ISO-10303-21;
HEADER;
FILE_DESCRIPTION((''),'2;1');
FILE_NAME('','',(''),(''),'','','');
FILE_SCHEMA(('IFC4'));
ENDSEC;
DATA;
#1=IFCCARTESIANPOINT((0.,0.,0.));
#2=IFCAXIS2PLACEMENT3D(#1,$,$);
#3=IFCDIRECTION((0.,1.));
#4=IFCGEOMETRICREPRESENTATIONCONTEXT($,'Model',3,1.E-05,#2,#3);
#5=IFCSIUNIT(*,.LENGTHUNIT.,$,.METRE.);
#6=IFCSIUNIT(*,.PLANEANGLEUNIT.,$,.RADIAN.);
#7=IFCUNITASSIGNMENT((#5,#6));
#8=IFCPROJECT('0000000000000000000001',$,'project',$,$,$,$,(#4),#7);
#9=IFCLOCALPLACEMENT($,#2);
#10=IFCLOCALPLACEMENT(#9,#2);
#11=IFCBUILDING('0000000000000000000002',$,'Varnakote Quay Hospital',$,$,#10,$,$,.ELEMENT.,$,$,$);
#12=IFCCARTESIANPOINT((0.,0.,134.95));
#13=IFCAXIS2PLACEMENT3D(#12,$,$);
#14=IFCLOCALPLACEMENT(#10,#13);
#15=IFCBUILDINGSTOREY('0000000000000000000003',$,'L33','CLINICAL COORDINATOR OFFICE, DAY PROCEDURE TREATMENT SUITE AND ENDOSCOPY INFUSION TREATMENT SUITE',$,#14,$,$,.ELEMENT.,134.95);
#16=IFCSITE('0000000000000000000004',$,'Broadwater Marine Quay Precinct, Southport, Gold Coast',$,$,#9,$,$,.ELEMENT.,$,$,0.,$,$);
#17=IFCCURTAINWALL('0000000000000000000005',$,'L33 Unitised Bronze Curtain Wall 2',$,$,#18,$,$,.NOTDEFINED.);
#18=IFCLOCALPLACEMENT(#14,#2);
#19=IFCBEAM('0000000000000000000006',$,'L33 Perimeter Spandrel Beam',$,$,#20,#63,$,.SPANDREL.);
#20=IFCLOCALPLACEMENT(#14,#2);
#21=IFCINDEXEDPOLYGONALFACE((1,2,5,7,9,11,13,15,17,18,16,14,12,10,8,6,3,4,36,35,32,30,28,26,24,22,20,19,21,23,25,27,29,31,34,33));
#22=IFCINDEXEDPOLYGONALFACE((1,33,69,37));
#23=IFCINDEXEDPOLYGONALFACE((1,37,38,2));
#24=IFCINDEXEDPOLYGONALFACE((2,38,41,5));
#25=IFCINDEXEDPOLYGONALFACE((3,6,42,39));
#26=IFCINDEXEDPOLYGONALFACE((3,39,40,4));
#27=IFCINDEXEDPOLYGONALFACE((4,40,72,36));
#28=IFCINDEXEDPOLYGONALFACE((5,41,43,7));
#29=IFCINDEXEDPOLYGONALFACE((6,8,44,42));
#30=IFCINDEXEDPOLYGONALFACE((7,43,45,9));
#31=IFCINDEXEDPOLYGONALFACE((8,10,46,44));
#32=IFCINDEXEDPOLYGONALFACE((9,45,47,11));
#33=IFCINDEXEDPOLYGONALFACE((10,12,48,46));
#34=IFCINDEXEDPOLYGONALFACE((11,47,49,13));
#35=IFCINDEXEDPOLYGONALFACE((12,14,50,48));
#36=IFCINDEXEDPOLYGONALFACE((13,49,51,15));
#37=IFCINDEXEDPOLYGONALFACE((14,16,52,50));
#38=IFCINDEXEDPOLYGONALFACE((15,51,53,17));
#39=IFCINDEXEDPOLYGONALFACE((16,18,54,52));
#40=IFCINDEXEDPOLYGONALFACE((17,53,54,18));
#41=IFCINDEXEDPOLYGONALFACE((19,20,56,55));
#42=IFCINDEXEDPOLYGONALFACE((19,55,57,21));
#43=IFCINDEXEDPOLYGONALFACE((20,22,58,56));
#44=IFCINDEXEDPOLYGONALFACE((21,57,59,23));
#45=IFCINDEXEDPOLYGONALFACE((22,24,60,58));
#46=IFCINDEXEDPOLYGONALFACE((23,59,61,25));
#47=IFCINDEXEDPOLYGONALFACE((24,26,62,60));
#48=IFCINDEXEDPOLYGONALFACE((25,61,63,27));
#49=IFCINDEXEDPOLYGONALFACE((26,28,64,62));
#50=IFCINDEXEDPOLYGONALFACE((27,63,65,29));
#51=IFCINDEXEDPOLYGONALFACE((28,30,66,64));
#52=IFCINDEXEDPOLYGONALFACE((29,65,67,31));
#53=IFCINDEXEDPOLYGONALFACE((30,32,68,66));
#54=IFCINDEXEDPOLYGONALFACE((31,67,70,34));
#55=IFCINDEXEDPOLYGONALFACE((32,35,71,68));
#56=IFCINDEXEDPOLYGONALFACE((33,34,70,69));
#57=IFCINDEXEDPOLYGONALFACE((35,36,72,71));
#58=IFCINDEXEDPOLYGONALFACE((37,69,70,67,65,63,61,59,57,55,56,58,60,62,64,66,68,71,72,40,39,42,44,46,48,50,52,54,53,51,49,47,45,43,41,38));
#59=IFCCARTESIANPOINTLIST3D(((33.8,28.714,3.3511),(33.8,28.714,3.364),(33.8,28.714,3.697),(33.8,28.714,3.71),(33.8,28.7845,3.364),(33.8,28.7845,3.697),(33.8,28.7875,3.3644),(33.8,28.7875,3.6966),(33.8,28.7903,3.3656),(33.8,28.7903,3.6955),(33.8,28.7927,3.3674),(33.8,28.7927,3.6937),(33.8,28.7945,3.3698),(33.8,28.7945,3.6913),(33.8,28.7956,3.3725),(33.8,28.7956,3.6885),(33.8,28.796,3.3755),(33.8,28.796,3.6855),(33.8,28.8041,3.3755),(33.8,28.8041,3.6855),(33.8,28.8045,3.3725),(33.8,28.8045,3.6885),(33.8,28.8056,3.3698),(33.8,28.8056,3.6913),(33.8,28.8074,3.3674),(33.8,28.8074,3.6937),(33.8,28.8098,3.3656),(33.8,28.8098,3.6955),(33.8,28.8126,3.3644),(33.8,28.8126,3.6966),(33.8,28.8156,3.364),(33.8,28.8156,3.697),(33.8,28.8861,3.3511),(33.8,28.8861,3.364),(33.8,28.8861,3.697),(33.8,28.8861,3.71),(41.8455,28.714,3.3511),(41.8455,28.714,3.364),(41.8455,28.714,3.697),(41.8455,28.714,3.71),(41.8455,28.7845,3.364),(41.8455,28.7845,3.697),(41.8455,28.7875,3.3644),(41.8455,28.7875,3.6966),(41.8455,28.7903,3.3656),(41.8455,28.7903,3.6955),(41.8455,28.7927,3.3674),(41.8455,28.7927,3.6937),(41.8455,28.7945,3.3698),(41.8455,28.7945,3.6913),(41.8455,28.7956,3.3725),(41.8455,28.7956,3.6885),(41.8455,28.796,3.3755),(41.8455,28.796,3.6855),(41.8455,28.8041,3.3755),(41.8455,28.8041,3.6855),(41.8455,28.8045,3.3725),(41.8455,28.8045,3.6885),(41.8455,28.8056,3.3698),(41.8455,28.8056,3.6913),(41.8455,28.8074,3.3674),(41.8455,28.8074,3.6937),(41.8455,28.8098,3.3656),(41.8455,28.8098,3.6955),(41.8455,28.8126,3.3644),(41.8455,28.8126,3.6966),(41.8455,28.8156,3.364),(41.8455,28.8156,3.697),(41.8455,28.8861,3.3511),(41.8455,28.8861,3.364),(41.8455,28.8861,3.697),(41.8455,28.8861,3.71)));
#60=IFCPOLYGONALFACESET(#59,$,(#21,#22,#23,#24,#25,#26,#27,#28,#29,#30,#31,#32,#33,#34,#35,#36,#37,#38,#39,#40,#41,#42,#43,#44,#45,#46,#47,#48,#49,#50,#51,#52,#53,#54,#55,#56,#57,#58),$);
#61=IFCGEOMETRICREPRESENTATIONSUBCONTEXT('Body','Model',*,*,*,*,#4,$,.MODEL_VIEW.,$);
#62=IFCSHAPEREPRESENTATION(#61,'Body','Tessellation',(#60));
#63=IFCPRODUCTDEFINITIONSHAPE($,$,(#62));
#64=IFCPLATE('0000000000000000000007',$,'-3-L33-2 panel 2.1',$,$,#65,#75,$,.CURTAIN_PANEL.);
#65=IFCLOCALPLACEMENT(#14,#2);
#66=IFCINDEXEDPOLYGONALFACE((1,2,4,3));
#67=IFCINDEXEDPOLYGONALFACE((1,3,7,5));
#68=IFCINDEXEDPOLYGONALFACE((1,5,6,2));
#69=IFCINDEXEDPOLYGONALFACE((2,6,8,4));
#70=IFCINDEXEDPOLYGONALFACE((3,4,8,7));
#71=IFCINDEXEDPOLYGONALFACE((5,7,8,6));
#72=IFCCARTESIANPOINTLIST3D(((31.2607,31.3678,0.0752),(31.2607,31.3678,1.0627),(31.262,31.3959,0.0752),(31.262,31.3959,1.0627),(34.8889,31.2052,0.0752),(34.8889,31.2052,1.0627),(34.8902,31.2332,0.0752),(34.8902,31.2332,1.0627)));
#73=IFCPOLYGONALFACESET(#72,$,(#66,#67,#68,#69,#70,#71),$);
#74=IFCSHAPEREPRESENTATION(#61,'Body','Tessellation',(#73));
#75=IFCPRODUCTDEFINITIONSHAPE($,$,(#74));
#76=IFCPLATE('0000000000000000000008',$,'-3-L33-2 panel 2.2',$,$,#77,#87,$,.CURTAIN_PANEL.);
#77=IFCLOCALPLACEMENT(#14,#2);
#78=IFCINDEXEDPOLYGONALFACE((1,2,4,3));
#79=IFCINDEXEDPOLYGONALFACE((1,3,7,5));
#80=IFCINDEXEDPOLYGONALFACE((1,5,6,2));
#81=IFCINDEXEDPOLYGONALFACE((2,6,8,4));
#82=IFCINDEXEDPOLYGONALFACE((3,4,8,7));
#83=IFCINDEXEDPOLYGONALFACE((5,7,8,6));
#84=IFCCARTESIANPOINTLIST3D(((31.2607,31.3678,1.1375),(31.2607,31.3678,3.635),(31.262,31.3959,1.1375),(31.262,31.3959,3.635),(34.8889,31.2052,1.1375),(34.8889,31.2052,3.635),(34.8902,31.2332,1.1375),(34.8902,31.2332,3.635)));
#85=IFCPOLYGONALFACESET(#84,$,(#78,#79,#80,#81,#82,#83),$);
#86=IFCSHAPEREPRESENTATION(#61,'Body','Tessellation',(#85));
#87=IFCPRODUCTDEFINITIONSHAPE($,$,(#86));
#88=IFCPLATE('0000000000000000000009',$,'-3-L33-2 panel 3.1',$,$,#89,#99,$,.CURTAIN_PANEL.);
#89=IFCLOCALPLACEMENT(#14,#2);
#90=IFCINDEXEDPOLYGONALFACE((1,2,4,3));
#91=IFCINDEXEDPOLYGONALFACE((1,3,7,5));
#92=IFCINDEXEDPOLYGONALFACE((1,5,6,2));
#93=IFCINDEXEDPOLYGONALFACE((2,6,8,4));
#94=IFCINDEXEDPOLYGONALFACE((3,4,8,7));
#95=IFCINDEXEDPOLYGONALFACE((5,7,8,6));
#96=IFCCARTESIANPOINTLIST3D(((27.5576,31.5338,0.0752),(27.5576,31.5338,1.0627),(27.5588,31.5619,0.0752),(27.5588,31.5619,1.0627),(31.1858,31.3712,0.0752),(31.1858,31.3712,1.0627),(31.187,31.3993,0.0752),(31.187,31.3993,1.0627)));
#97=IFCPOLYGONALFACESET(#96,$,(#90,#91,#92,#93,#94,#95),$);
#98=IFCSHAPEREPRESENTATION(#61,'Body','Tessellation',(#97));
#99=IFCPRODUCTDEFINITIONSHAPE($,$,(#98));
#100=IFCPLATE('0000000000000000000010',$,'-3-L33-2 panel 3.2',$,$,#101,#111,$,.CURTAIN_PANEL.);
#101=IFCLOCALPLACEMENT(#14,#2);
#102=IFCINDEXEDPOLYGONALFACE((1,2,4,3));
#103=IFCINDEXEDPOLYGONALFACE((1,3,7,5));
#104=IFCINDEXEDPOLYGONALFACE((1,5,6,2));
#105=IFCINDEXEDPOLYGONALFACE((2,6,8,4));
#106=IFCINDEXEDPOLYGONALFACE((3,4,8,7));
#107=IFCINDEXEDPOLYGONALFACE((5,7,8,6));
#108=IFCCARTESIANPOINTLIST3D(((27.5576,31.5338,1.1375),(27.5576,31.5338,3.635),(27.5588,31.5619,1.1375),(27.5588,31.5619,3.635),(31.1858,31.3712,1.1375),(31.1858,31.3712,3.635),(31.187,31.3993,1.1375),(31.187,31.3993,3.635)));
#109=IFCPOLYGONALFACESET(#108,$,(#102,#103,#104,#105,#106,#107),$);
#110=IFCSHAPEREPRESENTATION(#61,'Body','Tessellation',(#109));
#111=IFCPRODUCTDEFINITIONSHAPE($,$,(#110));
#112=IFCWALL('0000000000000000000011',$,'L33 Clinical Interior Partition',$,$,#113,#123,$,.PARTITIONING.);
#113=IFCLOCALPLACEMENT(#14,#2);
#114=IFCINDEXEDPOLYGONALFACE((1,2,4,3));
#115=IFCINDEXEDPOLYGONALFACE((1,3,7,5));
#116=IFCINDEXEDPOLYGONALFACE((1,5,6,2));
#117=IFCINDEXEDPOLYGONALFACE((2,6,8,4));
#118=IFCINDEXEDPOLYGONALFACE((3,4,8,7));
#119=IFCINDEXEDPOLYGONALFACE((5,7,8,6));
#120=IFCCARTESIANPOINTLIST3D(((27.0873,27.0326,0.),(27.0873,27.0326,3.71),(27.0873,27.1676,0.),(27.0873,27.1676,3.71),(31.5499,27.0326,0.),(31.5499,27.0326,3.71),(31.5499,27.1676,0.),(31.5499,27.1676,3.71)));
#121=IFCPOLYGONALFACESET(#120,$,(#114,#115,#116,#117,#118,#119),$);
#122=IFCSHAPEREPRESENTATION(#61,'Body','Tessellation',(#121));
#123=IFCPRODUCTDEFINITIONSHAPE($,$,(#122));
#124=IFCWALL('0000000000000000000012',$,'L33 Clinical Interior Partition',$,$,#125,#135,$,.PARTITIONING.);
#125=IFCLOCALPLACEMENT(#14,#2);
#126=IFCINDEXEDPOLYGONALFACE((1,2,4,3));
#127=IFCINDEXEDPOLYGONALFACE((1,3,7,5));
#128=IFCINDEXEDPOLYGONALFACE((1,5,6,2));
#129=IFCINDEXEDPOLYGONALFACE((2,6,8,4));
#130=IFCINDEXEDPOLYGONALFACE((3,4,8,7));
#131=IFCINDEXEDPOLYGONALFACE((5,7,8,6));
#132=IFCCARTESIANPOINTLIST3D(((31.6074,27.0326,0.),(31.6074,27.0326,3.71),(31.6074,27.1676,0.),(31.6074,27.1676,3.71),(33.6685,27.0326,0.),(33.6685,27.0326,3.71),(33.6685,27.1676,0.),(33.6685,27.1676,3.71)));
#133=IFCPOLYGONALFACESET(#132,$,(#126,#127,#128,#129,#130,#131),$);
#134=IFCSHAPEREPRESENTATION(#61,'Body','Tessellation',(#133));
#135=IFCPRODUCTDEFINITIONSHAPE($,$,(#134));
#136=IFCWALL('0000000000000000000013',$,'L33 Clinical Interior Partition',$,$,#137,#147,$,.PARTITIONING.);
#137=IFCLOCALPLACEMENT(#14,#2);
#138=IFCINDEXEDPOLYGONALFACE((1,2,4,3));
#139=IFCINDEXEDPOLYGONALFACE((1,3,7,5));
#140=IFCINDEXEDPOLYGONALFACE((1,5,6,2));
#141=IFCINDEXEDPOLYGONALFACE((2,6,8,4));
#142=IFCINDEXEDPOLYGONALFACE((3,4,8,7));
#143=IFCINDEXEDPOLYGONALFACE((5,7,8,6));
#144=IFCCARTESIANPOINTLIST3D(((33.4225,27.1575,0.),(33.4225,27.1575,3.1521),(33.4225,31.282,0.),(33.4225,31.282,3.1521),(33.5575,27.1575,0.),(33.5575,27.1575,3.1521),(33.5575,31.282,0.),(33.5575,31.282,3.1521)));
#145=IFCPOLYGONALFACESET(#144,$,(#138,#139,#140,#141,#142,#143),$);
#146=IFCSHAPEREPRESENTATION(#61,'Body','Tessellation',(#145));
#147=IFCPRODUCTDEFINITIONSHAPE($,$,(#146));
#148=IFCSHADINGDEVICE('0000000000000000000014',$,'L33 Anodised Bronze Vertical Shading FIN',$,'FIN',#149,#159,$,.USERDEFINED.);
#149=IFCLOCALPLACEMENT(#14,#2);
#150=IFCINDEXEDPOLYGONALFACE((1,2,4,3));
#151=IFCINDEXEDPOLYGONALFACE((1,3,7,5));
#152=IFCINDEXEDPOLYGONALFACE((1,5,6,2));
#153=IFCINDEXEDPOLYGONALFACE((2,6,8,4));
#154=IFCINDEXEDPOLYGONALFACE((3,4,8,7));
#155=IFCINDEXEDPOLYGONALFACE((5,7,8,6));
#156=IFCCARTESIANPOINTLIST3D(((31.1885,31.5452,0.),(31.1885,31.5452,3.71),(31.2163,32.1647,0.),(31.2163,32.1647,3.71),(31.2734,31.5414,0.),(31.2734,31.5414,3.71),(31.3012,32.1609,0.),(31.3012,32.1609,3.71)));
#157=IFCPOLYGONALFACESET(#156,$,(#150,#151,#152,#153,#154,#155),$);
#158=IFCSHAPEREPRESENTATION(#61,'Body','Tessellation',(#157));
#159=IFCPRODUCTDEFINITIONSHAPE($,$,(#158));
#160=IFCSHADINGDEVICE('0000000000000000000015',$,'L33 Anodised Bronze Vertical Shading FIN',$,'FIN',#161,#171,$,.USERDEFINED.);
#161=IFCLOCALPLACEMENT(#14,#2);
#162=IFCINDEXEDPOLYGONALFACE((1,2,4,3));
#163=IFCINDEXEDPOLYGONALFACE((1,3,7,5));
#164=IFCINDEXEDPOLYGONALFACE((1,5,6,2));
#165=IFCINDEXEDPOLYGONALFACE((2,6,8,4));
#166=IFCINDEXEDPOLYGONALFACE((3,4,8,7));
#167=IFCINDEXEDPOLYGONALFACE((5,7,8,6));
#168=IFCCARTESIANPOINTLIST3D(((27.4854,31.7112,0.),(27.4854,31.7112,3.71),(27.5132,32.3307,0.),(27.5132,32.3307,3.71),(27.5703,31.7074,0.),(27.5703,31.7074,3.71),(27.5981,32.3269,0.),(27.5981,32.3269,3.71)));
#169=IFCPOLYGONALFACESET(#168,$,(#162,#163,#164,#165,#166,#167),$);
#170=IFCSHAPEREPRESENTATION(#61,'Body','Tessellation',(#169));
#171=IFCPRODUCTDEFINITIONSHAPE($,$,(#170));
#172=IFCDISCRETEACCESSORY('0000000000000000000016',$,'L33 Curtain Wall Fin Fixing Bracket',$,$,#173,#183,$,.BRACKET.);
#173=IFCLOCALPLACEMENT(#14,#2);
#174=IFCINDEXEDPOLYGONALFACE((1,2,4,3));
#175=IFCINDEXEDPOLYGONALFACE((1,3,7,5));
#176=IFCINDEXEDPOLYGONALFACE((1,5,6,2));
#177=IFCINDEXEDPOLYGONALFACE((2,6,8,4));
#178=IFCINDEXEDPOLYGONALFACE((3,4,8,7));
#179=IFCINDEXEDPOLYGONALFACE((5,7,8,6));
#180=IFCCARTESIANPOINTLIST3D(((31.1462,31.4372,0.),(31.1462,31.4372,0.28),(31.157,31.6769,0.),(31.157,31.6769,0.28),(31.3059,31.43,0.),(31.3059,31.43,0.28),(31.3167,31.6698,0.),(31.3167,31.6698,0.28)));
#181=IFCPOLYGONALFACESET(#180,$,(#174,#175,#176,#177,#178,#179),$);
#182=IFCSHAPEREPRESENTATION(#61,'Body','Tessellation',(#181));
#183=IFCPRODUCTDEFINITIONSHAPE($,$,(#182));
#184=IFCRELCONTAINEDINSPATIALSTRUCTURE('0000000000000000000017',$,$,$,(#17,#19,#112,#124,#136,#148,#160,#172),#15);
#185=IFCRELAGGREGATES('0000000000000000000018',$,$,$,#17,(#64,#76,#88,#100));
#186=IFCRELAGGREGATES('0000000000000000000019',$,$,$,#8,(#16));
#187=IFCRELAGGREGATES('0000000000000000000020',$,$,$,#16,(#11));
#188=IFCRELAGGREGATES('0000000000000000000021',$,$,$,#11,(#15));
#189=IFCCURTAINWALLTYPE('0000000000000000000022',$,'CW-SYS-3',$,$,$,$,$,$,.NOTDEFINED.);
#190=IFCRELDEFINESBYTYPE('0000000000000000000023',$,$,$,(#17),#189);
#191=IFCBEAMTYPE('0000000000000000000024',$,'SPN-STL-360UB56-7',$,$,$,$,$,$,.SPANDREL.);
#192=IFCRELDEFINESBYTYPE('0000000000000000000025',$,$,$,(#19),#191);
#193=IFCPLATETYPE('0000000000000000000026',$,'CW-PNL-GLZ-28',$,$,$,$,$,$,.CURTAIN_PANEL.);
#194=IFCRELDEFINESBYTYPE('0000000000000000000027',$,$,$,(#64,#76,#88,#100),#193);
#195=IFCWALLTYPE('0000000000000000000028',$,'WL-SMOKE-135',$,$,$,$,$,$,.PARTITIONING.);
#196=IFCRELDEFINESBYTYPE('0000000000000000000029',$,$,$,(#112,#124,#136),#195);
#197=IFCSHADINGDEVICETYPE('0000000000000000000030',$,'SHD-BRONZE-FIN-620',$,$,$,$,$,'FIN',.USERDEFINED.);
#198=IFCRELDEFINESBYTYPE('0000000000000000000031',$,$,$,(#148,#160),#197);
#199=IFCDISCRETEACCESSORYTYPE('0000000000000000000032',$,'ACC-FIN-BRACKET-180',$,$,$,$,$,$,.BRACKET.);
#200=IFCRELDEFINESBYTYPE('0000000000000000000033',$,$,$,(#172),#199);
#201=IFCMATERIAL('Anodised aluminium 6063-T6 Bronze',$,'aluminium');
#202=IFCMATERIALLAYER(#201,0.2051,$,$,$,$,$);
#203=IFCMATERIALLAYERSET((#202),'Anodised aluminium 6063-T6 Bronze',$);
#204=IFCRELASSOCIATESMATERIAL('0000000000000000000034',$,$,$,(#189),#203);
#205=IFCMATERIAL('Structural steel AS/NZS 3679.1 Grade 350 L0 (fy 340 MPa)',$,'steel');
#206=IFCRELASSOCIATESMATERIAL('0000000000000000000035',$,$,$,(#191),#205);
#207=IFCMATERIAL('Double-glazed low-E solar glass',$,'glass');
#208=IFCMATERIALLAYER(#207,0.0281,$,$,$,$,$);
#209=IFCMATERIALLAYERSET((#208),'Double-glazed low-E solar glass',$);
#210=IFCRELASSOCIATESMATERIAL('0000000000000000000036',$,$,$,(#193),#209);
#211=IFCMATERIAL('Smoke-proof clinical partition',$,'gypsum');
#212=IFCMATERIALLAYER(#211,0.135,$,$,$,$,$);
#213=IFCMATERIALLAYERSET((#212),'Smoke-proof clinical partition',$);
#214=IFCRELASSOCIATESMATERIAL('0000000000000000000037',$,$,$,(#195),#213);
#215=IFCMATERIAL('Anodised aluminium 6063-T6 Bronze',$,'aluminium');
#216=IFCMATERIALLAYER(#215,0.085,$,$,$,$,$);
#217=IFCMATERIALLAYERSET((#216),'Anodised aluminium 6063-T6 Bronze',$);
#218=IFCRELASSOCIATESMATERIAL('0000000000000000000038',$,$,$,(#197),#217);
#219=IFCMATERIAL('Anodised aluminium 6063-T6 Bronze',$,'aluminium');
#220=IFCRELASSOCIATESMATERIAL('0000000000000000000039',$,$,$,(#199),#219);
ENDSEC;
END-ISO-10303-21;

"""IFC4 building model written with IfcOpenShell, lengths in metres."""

from ifc_helpers import new_model, si_unit, direction, frame, frame_2d, origin, origin_2d, place, context, subcontext, project, spatial, rectangle, i_section, extrude, material, layer, layer_set, material_profile, profile_set, type_object, element, aggregate, save


model = new_model("IFC4")

# Units and contexts
model_context = context("Model", 3, precision=1e-05, world=origin(), true_north=direction((0.0, 1.0)))
body_context = subcontext(model_context, "Body", "Model", "MODEL_VIEW")
ifc_project = project(units=[si_unit("LENGTHUNIT", "METRE"), si_unit("PLANEANGLEUNIT", "RADIAN")], contexts=[model_context])

# Site, building, storey
site_placement = place(None, origin())
site = spatial("IfcSite", under=ifc_project, at=site_placement, Name="Broadwater Marine Quay Precinct, Southport, Gold Coast", CompositionType="ELEMENT", RefElevation=0.0)
building_placement = place(site_placement, origin())
building = spatial("IfcBuilding", under=site, at=building_placement, Name="Varnakote Quay Hospital", CompositionType="ELEMENT")
storey_placement = place(building_placement, frame((0.0, 0.0, 134.95)))
storey = spatial("IfcBuildingStorey", under=building, at=storey_placement, Name="L33", Description="CLINICAL COORDINATOR OFFICE, DAY PROCEDURE TREATMENT SUITE AND ENDOSCOPY INFUSION TREATMENT SUITE", CompositionType="ELEMENT", Elevation=134.95)

# Curtain wall
ifc_material_1 = material(Name="Anodised aluminium 6063-T6 Bronze", Category="aluminium")
ifc_layer_1 = layer(ifc_material_1, 0.2051)
ifc_layer_set_1 = layer_set([ifc_layer_1], Name="Anodised aluminium 6063-T6 Bronze")
curtain_wall_type = type_object("IfcCurtainWallType", Name="CW-SYS-3", PredefinedType="NOTDEFINED", material=ifc_layer_set_1)
curtain_wall_placement = place(storey_placement, origin())
curtain_wall = element("IfcCurtainWall", 1, at=curtain_wall_placement, inside=storey, type_object=curtain_wall_type, Name="L33 Unitised Bronze Curtain Wall 2", PredefinedType="NOTDEFINED")

# Beam
ifc_material_2 = material(Name="Structural steel AS/NZS 3679.1 Grade 350 L0 (fy 340 MPa)", Category="steel")
ifc_material_profile_1 = material_profile(ifc_material_2, i_section(OverallWidth=0.1721, OverallDepth=0.3589, WebThickness=0.0081, FlangeThickness=0.0129, FilletRadius=0.0115, at=origin_2d()), Name="360UB56.7")
ifc_profile_set_1 = profile_set([ifc_material_profile_1], Name="Structural steel AS/NZS 3679.1 Grade 350 L0 (fy 340 MPa)")
beam_type_1 = type_object("IfcBeamType", Name="SPN-STL-360UB56-7", PredefinedType="SPANDREL", material=ifc_profile_set_1)
beam_1_placement = place(storey_placement, frame((33.8, 28.8, 3.5305), z_axis=(1.0, 0.0, 0.0), x_axis=(0.0, 1.0, 0.0)))
element("IfcBeam", 2, at=beam_1_placement, inside=storey, type_object=beam_type_1, Name="L33 Perimeter Spandrel Beam", PredefinedType="SPANDREL", context=body_context, shape_type="SweptSolid", body=[
    extrude(i_section(OverallWidth=0.1721, OverallDepth=0.3589, WebThickness=0.0081, FlangeThickness=0.0129, FilletRadius=0.0115, at=origin_2d()), origin(), (0.0, 0.0, 1.0), 8.0454),
])

# Plates
ifc_material_3 = material(Name="Double-glazed low-E solar glass", Category="glass")
ifc_layer_2 = layer(ifc_material_3, 0.0281)
ifc_layer_set_2 = layer_set([ifc_layer_2], Name="Double-glazed low-E solar glass")
plate_type = type_object("IfcPlateType", Name="CW-PNL-GLZ-28", PredefinedType="CURTAIN_PANEL", material=ifc_layer_set_2)
plate_1_placement = place(storey_placement, frame((33.0754, 31.3005, 0.0752), z_axis=(0.0, 0.0, 1.0), x_axis=(-0.998997, 0.044782, 0.0)))
plate_1 = element("IfcPlate", 3, at=plate_1_placement, type_object=plate_type, Name="-3-L33-2 panel 2.1", PredefinedType="CURTAIN_PANEL", context=body_context, shape_type="SweptSolid", body=[
    extrude(rectangle(XDim=3.6318, YDim=0.0281, at=origin_2d()), origin(), (0.0, 0.0, 1.0), 0.9875),
])
plate_2_placement = place(storey_placement, frame((33.0754, 31.3005, 1.1375), z_axis=(0.0, 0.0, 1.0), x_axis=(-0.998997, 0.044782, 0.0)))
plate_2 = element("IfcPlate", 4, at=plate_2_placement, type_object=plate_type, Name="-3-L33-2 panel 2.2", PredefinedType="CURTAIN_PANEL", context=body_context, shape_type="SweptSolid", body=[
    extrude(rectangle(XDim=3.6318, YDim=0.0281, at=origin_2d()), origin(), (0.0, 0.0, 1.0), 2.4976),
])
plate_3_placement = place(storey_placement, frame((29.3723, 31.4666, 0.0752), z_axis=(0.0, 0.0, 1.0), x_axis=(-0.998997, 0.044782, 0.0)))
plate_3 = element("IfcPlate", 5, at=plate_3_placement, type_object=plate_type, Name="-3-L33-2 panel 3.1", PredefinedType="CURTAIN_PANEL", context=body_context, shape_type="SweptSolid", body=[
    extrude(rectangle(XDim=3.6318, YDim=0.0281, at=origin_2d()), origin(), (0.0, 0.0, 1.0), 0.9875),
])
plate_4_placement = place(storey_placement, frame((29.3723, 31.4666, 1.1375), z_axis=(0.0, 0.0, 1.0), x_axis=(-0.998997, 0.044782, 0.0)))
plate_4 = element("IfcPlate", 6, at=plate_4_placement, type_object=plate_type, Name="-3-L33-2 panel 3.2", PredefinedType="CURTAIN_PANEL", context=body_context, shape_type="SweptSolid", body=[
    extrude(rectangle(XDim=3.6318, YDim=0.0281, at=origin_2d()), origin(), (0.0, 0.0, 1.0), 2.4976),
])
aggregate(curtain_wall, [plate_1, plate_2, plate_3, plate_4])

# Walls
ifc_material_4 = material(Name="Smoke-proof clinical partition", Category="gypsum")
ifc_layer_3 = layer(ifc_material_4, 0.135)
ifc_layer_set_3 = layer_set([ifc_layer_3], Name="Smoke-proof clinical partition")
wall_type = type_object("IfcWallType", Name="WL-SMOKE-135", PredefinedType="PARTITIONING", material=ifc_layer_set_3)
wall_1_placement = place(storey_placement, frame((31.55, 27.1001, 0.0), z_axis=(0.0, 0.0, 1.0), x_axis=(-1.0, 0.0, 0.0)))
element("IfcWall", 7, at=wall_1_placement, inside=storey, type_object=wall_type, Name="L33 Clinical Interior Partition", PredefinedType="PARTITIONING", context=body_context, shape_type="SweptSolid", body=[
    extrude(rectangle(XDim=4.4626, YDim=0.135, at=frame_2d((2.2314, 0.0))), origin(), (0.0, 0.0, 1.0), 3.71),
])
wall_2_placement = place(storey_placement, frame((33.6685, 27.1001, 0.0), z_axis=(0.0, 0.0, 1.0), x_axis=(-1.0, 0.0, 0.0)))
element("IfcWall", 8, at=wall_2_placement, inside=storey, type_object=wall_type, Name="L33 Clinical Interior Partition", PredefinedType="PARTITIONING", context=body_context, shape_type="SweptSolid", body=[
    extrude(rectangle(XDim=2.061, YDim=0.135, at=frame_2d((1.0305, 0.0))), origin(), (0.0, 0.0, 1.0), 3.71),
])
wall_3_placement = place(storey_placement, frame((33.49, 27.1575, 0.0), z_axis=(0.0, 0.0, 1.0), x_axis=(0.0, 1.0, 0.0)))
element("IfcWall", 9, at=wall_3_placement, inside=storey, type_object=wall_type, Name="L33 Clinical Interior Partition", PredefinedType="PARTITIONING", context=body_context, shape_type="SweptSolid", body=[
    extrude(rectangle(XDim=4.1245, YDim=0.135, at=frame_2d((2.0623, 0.0))), origin(), (0.0, 0.0, 1.0), 3.1521),
])

# Shading devices
ifc_material_5 = material(Name="Anodised aluminium 6063-T6 Bronze", Category="aluminium")
ifc_layer_4 = layer(ifc_material_5, 0.085)
ifc_layer_set_4 = layer_set([ifc_layer_4], Name="Anodised aluminium 6063-T6 Bronze")
shading_device_type = type_object("IfcShadingDeviceType", Name="SHD-BRONZE-FIN-620", ElementType="FIN", PredefinedType="USERDEFINED", material=ifc_layer_set_4)
for number, where, z_axis, x_axis, name in (
    (10, (31.2449, 31.853, 0.0), (0.0, 0.0, 1.0), (-0.04484, -0.998994, 0.0), "L33 Anodised Bronze Vertical Shading FIN"),
    (11, (27.5417, 32.019, 0.0), (0.0, 0.0, 1.0), (-0.04484, -0.998994, 0.0), "L33 Anodised Bronze Vertical Shading FIN"),
):
    element("IfcShadingDevice", number, at=place(storey_placement, frame(where, z_axis=z_axis, x_axis=x_axis)), inside=storey, type_object=shading_device_type, Name=name, ObjectType="FIN", PredefinedType="USERDEFINED", context=body_context, shape_type="SweptSolid", body=[
        extrude(rectangle(XDim=0.6201, YDim=0.085, at=origin_2d()), origin(), (0.0, 0.0, 1.0), 3.71),
    ])

# Discrete accessory
ifc_material_6 = material(Name="Anodised aluminium 6063-T6 Bronze", Category="aluminium")
discrete_accessory_type = type_object("IfcDiscreteAccessoryType", Name="ACC-FIN-BRACKET-180", PredefinedType="BRACKET", material=ifc_material_6)
discrete_accessory_placement = place(storey_placement, frame((31.2314, 31.5535, 0.0), z_axis=(0.0, 0.0, 1.0), x_axis=(-0.998994, 0.04484, 0.0)))
element("IfcDiscreteAccessory", 12, at=discrete_accessory_placement, inside=storey, type_object=discrete_accessory_type, Name="L33 Curtain Wall Fin Fixing Bracket", PredefinedType="BRACKET", context=body_context, shape_type="SweptSolid", body=[
    extrude(rectangle(XDim=0.1599, YDim=0.24, at=origin_2d()), origin(), (0.0, 0.0, 1.0), 0.28),
])

save(model, "model.ifc")
